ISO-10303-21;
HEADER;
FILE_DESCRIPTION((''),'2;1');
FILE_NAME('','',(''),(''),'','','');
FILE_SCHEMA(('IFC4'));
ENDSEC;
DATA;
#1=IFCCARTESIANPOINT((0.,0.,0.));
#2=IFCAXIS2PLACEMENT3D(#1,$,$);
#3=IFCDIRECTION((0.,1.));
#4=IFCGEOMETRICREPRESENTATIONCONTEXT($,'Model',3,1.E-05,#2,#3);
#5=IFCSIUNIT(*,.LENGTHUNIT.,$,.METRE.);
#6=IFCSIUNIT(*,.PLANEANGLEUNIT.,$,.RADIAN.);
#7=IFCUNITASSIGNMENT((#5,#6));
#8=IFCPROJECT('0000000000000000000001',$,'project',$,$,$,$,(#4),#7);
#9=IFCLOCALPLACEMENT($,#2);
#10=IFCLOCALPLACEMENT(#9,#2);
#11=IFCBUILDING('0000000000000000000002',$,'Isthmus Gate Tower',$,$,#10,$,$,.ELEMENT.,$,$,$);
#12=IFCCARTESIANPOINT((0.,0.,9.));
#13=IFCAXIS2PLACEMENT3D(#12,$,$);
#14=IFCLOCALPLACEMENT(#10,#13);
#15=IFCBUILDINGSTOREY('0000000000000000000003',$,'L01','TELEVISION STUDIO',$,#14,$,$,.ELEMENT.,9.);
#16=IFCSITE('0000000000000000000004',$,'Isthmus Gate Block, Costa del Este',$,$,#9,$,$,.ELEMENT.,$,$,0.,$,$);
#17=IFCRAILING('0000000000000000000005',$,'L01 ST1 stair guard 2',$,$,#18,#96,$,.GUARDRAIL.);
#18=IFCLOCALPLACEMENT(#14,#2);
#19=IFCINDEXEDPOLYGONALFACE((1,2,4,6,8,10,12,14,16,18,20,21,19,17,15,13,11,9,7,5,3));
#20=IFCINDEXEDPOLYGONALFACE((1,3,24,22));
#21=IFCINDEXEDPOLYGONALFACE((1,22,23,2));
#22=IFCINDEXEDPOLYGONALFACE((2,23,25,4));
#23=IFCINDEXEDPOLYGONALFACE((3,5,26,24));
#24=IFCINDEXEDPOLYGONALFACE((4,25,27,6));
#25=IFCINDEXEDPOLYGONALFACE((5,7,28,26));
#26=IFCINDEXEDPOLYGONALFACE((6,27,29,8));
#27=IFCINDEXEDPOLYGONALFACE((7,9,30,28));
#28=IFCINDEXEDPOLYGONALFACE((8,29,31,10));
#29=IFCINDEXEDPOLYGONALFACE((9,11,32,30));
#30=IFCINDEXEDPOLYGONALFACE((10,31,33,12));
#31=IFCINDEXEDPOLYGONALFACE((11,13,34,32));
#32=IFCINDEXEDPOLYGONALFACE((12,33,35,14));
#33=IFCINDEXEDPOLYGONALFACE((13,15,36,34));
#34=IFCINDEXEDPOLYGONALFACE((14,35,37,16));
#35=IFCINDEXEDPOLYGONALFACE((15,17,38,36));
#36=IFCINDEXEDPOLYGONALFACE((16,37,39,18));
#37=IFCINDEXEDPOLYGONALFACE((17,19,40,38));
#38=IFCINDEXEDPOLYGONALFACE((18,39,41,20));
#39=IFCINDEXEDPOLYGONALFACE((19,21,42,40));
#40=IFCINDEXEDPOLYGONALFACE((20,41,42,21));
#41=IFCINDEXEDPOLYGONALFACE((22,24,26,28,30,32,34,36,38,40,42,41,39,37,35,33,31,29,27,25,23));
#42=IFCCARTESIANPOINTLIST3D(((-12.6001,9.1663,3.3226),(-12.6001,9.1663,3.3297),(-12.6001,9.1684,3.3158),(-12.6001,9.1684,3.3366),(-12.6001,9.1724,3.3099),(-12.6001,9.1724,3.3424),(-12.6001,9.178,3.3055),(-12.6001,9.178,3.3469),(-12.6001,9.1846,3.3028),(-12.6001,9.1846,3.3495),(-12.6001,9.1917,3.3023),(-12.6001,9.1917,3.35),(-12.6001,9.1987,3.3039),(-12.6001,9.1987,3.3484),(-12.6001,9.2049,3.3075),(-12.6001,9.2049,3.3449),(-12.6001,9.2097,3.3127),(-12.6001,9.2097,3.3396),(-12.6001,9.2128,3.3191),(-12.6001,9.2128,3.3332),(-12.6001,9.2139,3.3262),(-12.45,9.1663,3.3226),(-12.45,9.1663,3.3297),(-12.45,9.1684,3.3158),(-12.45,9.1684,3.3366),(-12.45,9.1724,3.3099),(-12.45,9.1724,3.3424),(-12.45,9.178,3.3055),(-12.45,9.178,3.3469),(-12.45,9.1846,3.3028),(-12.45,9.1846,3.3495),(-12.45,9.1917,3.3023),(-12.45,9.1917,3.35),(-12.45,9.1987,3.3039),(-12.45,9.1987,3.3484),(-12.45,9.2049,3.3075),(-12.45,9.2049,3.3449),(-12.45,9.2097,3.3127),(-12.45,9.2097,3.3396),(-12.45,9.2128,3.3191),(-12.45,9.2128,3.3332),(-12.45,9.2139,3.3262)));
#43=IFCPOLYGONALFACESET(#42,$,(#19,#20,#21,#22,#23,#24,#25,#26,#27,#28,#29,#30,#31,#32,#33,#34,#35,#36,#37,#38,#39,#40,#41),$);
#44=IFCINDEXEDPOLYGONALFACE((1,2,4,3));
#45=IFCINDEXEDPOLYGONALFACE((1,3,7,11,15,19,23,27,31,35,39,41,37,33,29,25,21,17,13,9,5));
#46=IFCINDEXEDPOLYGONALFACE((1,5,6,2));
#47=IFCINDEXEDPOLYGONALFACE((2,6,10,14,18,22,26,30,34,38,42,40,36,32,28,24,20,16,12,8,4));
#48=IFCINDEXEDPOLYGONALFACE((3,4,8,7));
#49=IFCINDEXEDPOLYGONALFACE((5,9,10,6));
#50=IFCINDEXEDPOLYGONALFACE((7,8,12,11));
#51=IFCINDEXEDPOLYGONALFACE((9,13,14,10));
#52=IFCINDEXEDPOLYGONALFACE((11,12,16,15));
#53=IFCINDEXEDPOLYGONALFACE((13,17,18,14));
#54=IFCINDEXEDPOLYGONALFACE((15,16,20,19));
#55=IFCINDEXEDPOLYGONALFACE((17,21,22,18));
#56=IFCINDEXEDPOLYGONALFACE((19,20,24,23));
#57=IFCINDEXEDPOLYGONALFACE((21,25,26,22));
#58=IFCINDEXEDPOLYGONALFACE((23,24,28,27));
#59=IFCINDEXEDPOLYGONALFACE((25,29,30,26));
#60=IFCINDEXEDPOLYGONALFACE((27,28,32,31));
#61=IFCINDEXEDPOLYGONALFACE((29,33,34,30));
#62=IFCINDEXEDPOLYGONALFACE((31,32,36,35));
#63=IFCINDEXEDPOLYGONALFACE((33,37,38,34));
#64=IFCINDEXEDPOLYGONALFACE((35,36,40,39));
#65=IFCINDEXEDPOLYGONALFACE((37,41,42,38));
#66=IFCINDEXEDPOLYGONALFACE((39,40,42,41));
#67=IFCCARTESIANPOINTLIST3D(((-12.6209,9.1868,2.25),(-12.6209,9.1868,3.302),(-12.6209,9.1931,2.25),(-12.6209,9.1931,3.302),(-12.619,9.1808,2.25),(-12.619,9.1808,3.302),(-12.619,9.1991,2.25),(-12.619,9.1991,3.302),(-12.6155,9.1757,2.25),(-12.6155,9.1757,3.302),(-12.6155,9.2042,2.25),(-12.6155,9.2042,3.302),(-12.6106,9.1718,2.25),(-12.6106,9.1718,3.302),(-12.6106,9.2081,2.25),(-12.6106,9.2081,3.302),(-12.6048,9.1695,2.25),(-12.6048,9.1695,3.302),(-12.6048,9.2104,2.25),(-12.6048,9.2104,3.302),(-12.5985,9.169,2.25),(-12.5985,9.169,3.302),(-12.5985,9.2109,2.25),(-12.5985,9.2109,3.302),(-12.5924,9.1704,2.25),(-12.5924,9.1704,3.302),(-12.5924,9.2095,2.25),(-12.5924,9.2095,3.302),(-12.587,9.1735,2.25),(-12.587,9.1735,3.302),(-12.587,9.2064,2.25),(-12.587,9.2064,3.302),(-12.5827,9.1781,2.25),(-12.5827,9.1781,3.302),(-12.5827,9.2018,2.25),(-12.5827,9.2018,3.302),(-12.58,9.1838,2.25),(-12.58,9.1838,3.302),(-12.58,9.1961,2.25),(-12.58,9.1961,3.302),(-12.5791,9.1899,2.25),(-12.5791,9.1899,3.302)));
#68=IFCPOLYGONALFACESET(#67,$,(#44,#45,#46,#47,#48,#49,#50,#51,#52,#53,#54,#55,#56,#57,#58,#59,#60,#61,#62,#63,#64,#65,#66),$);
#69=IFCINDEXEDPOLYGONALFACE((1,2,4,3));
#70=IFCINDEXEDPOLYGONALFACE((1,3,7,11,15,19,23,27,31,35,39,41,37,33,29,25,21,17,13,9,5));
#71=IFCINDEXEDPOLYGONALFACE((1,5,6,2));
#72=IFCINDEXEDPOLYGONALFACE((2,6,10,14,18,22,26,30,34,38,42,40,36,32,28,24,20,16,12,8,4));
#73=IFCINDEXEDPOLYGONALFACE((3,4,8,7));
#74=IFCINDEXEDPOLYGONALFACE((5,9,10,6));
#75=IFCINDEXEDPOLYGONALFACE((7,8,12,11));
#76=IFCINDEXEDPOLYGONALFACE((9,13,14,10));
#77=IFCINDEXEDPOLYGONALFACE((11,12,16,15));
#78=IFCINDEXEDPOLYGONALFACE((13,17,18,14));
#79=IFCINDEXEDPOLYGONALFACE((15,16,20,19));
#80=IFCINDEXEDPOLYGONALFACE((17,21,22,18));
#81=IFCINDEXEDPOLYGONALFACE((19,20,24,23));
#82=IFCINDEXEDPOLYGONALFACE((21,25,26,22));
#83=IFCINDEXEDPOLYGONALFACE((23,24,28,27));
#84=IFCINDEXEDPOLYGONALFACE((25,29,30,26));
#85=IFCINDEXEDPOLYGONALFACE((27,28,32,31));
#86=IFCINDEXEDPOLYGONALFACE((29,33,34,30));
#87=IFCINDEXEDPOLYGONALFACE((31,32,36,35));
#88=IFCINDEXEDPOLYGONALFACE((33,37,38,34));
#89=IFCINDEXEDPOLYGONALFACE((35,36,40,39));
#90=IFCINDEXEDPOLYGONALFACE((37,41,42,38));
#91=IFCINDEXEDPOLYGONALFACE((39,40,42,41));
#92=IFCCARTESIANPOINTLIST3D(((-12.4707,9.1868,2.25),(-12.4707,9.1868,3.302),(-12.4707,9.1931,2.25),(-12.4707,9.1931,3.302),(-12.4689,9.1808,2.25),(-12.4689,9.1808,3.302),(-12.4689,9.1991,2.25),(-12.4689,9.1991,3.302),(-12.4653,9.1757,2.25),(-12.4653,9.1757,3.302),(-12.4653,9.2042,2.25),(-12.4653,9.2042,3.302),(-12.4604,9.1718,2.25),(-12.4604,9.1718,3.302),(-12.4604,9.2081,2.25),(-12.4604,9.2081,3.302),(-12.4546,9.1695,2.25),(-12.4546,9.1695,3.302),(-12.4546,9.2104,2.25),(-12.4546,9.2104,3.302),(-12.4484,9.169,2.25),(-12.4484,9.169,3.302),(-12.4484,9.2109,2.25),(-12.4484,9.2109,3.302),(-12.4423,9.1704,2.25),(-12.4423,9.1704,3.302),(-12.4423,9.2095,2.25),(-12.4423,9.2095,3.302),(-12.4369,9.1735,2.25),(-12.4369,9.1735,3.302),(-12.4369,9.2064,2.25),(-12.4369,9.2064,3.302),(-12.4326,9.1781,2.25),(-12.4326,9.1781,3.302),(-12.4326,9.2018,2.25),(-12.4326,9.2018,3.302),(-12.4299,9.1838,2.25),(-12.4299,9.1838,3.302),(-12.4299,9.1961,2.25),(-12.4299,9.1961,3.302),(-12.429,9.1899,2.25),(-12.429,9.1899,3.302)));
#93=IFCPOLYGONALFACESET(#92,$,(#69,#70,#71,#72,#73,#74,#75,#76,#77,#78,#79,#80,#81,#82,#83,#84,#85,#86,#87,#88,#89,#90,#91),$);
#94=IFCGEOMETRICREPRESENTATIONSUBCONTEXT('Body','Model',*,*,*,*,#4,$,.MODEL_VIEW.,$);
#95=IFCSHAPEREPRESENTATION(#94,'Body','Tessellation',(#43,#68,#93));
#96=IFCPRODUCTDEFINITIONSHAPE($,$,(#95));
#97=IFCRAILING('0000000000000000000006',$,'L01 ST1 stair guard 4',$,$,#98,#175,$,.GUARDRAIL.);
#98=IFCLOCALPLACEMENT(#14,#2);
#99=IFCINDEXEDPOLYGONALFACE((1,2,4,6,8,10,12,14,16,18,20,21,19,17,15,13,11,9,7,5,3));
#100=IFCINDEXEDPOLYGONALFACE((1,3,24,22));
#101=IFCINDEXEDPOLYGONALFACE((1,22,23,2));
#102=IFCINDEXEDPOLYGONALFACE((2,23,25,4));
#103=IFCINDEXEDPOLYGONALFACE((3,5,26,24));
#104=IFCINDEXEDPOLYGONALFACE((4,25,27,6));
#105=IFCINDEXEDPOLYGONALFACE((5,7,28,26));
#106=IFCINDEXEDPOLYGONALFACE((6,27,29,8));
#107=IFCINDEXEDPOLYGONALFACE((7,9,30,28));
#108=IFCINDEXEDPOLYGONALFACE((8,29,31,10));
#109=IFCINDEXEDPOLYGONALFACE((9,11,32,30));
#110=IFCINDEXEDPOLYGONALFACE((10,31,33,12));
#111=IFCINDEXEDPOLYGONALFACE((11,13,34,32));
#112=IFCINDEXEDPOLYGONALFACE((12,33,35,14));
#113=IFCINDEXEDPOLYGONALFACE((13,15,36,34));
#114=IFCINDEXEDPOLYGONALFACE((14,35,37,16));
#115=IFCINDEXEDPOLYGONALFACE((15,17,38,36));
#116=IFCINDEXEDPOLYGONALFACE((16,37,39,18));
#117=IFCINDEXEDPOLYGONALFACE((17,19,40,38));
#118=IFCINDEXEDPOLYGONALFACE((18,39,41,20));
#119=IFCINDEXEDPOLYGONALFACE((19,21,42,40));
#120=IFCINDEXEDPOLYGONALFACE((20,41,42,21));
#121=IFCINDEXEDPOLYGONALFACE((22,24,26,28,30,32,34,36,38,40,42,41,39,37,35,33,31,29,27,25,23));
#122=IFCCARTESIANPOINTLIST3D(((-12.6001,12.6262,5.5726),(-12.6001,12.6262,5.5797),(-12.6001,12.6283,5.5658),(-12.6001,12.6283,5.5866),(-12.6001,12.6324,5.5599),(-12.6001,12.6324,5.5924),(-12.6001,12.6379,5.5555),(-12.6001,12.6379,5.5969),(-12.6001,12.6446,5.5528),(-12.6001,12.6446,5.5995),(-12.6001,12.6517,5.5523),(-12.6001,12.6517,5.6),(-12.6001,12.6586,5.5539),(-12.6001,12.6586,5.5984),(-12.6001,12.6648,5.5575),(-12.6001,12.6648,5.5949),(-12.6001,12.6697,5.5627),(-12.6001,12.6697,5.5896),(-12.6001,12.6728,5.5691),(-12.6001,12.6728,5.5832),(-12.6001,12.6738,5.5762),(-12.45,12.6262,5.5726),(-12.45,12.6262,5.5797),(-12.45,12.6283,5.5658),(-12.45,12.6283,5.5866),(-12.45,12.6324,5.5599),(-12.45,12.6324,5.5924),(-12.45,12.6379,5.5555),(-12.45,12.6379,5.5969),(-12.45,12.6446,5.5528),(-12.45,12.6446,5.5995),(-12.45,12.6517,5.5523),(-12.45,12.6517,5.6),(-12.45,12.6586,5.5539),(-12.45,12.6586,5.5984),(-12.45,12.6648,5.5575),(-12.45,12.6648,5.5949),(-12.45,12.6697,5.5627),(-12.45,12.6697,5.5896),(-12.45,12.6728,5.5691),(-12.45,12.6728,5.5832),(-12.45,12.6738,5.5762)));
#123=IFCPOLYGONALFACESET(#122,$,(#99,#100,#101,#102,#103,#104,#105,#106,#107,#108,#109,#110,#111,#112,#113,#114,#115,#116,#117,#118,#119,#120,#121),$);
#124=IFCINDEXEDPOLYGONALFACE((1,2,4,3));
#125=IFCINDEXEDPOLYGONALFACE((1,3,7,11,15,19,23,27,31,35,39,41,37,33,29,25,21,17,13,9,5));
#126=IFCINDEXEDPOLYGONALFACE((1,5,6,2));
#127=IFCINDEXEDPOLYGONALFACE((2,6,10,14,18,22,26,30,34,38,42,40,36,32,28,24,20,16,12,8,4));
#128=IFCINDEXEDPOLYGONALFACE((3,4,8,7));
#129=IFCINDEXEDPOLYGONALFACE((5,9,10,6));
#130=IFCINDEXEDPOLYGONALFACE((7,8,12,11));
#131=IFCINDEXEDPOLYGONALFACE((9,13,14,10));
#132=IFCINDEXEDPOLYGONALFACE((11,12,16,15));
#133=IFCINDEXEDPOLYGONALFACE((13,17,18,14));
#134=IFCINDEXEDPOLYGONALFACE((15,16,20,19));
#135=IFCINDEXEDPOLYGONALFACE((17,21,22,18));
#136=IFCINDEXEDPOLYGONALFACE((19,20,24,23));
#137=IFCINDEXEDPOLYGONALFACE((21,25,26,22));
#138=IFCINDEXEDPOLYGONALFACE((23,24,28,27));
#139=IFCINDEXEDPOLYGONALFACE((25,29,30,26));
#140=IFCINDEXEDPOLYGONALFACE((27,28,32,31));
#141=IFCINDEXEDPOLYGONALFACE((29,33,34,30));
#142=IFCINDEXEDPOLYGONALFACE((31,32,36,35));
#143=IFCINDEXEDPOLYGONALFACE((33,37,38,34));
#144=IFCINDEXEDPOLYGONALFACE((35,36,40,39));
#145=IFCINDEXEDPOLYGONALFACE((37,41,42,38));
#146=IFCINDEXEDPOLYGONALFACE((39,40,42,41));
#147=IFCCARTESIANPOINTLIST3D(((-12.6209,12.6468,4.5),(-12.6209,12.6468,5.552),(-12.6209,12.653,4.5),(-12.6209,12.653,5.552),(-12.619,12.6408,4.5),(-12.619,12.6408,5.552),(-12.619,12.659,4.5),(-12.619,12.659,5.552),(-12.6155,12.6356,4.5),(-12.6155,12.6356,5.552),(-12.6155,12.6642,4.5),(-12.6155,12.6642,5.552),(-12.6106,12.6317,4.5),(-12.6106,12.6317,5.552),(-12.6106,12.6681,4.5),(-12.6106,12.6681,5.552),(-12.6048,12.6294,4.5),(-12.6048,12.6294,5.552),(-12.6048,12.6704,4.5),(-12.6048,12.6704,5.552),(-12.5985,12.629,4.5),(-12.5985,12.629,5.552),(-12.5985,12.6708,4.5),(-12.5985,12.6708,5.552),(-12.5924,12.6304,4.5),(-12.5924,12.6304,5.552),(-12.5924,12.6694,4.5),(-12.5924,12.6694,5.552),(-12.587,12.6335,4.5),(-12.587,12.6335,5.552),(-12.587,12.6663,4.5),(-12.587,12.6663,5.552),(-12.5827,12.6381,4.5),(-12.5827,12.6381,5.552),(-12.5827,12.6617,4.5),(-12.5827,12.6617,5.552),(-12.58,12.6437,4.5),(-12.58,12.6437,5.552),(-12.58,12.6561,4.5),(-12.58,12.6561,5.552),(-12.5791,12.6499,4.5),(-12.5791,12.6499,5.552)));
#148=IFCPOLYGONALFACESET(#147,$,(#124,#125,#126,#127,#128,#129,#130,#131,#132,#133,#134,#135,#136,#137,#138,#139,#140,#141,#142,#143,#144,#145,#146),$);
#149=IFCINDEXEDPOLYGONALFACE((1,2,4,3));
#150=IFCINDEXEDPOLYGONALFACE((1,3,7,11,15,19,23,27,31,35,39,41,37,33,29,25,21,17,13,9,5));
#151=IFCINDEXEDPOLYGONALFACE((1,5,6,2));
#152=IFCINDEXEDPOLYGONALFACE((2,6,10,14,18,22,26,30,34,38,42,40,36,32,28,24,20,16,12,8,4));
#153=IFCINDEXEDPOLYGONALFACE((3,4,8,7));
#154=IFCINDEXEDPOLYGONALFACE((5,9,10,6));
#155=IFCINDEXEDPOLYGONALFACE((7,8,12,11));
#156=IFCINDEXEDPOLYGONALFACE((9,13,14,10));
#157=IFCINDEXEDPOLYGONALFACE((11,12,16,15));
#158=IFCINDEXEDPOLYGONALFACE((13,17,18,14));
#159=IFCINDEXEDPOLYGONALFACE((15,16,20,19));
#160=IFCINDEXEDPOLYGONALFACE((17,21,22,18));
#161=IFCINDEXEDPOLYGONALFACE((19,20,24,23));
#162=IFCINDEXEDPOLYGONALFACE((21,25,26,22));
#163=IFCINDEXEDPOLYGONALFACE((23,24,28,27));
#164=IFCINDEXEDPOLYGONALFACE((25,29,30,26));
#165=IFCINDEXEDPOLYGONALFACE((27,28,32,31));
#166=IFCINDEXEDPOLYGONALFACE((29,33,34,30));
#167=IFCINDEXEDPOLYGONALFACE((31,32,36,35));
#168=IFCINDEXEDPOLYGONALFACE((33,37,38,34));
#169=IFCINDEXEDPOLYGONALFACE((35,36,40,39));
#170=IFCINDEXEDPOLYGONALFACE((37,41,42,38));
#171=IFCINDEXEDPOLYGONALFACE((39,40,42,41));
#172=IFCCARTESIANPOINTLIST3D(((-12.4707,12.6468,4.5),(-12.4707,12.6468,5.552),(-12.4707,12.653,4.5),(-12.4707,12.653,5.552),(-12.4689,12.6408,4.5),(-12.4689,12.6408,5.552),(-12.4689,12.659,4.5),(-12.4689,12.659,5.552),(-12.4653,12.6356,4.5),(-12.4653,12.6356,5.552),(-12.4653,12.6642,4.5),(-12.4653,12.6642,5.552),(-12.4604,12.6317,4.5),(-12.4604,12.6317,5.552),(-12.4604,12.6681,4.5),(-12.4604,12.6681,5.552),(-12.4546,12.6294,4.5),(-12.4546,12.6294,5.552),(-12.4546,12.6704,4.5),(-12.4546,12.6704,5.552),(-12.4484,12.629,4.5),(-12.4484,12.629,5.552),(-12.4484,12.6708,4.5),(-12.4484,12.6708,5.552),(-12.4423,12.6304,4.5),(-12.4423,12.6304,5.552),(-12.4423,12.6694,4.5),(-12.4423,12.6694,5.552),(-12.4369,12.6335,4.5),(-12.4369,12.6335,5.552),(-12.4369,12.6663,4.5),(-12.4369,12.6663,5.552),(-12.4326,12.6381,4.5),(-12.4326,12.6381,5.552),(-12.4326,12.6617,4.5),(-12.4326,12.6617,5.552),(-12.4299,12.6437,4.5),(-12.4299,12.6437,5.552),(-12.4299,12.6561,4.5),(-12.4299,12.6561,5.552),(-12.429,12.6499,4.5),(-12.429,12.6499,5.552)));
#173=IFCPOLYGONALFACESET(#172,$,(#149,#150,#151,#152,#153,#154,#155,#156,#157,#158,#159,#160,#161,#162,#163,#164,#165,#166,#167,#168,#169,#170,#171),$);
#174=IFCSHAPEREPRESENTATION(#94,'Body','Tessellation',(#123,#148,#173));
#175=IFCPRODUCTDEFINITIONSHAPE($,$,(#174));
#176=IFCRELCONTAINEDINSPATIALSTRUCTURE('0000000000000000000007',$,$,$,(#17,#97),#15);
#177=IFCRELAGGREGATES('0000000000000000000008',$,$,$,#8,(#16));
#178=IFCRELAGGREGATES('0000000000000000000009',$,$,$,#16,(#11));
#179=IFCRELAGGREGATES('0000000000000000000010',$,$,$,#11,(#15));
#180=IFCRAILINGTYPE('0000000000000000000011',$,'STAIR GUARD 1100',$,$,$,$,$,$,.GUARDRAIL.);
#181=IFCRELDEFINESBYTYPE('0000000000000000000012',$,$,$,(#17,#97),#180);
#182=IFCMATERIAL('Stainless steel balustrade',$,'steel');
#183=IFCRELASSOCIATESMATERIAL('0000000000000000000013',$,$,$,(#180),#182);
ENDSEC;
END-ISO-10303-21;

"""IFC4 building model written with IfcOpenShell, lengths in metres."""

from ifc_helpers import new_model, si_unit, direction, frame, origin, origin_2d, place, context, subcontext, project, spatial, circle, extrude, material, type_object, element, save


model = new_model("IFC4")

# Units and contexts
model_context = context("Model", 3, precision=1e-05, world=origin(), true_north=direction((0.0, 1.0)))
body_context = subcontext(model_context, "Body", "Model", "MODEL_VIEW")
ifc_project = project(units=[si_unit("LENGTHUNIT", "METRE"), si_unit("PLANEANGLEUNIT", "RADIAN")], contexts=[model_context])

# Site, building, storey
site_placement = place(None, origin())
site = spatial("IfcSite", under=ifc_project, at=site_placement, Name="Isthmus Gate Block, Costa del Este", CompositionType="ELEMENT", RefElevation=0.0)
building_placement = place(site_placement, origin())
building = spatial("IfcBuilding", under=site, at=building_placement, Name="Isthmus Gate Tower", CompositionType="ELEMENT")
storey_placement = place(building_placement, frame((0.0, 0.0, 9.0)))
storey = spatial("IfcBuildingStorey", under=building, at=storey_placement, Name="L01", Description="TELEVISION STUDIO", CompositionType="ELEMENT", Elevation=9.0)

# Railings
ifc_material_1 = material(Name="Stainless steel balustrade", Category="steel")
railing_type_1 = type_object("IfcRailingType", Name="STAIR GUARD 1100", PredefinedType="GUARDRAIL", material=ifc_material_1)
for number, where, name in (
    (1, (-12.6001, 9.1899, 2.25), "L01 ST1 stair guard 2"),
    (2, (-12.6001, 12.6499, 4.5), "L01 ST1 stair guard 4"),
):
    element("IfcRailing", number, at=place(storey_placement, frame(where)), inside=storey, type_object=railing_type_1, Name=name, PredefinedType="GUARDRAIL", context=body_context, shape_type="SweptSolid", body=[
        extrude(circle(Radius=0.0239, at=origin_2d()), frame((0.0, 0.0, 1.0762), z_axis=(1.0, 0.0, 0.0), x_axis=(0.0, 1.0, 0.0)), (0.0, 0.0, 1.0), 0.1501),
        extrude(circle(Radius=0.021, at=origin_2d()), origin(), (0.0, 0.0, 1.0), 1.052),
        extrude(circle(Radius=0.021, at=origin_2d()), frame((0.1501, 0.0, 0.0)), (0.0, 0.0, 1.0), 1.052),
    ])

save(model, "model.ifc")
